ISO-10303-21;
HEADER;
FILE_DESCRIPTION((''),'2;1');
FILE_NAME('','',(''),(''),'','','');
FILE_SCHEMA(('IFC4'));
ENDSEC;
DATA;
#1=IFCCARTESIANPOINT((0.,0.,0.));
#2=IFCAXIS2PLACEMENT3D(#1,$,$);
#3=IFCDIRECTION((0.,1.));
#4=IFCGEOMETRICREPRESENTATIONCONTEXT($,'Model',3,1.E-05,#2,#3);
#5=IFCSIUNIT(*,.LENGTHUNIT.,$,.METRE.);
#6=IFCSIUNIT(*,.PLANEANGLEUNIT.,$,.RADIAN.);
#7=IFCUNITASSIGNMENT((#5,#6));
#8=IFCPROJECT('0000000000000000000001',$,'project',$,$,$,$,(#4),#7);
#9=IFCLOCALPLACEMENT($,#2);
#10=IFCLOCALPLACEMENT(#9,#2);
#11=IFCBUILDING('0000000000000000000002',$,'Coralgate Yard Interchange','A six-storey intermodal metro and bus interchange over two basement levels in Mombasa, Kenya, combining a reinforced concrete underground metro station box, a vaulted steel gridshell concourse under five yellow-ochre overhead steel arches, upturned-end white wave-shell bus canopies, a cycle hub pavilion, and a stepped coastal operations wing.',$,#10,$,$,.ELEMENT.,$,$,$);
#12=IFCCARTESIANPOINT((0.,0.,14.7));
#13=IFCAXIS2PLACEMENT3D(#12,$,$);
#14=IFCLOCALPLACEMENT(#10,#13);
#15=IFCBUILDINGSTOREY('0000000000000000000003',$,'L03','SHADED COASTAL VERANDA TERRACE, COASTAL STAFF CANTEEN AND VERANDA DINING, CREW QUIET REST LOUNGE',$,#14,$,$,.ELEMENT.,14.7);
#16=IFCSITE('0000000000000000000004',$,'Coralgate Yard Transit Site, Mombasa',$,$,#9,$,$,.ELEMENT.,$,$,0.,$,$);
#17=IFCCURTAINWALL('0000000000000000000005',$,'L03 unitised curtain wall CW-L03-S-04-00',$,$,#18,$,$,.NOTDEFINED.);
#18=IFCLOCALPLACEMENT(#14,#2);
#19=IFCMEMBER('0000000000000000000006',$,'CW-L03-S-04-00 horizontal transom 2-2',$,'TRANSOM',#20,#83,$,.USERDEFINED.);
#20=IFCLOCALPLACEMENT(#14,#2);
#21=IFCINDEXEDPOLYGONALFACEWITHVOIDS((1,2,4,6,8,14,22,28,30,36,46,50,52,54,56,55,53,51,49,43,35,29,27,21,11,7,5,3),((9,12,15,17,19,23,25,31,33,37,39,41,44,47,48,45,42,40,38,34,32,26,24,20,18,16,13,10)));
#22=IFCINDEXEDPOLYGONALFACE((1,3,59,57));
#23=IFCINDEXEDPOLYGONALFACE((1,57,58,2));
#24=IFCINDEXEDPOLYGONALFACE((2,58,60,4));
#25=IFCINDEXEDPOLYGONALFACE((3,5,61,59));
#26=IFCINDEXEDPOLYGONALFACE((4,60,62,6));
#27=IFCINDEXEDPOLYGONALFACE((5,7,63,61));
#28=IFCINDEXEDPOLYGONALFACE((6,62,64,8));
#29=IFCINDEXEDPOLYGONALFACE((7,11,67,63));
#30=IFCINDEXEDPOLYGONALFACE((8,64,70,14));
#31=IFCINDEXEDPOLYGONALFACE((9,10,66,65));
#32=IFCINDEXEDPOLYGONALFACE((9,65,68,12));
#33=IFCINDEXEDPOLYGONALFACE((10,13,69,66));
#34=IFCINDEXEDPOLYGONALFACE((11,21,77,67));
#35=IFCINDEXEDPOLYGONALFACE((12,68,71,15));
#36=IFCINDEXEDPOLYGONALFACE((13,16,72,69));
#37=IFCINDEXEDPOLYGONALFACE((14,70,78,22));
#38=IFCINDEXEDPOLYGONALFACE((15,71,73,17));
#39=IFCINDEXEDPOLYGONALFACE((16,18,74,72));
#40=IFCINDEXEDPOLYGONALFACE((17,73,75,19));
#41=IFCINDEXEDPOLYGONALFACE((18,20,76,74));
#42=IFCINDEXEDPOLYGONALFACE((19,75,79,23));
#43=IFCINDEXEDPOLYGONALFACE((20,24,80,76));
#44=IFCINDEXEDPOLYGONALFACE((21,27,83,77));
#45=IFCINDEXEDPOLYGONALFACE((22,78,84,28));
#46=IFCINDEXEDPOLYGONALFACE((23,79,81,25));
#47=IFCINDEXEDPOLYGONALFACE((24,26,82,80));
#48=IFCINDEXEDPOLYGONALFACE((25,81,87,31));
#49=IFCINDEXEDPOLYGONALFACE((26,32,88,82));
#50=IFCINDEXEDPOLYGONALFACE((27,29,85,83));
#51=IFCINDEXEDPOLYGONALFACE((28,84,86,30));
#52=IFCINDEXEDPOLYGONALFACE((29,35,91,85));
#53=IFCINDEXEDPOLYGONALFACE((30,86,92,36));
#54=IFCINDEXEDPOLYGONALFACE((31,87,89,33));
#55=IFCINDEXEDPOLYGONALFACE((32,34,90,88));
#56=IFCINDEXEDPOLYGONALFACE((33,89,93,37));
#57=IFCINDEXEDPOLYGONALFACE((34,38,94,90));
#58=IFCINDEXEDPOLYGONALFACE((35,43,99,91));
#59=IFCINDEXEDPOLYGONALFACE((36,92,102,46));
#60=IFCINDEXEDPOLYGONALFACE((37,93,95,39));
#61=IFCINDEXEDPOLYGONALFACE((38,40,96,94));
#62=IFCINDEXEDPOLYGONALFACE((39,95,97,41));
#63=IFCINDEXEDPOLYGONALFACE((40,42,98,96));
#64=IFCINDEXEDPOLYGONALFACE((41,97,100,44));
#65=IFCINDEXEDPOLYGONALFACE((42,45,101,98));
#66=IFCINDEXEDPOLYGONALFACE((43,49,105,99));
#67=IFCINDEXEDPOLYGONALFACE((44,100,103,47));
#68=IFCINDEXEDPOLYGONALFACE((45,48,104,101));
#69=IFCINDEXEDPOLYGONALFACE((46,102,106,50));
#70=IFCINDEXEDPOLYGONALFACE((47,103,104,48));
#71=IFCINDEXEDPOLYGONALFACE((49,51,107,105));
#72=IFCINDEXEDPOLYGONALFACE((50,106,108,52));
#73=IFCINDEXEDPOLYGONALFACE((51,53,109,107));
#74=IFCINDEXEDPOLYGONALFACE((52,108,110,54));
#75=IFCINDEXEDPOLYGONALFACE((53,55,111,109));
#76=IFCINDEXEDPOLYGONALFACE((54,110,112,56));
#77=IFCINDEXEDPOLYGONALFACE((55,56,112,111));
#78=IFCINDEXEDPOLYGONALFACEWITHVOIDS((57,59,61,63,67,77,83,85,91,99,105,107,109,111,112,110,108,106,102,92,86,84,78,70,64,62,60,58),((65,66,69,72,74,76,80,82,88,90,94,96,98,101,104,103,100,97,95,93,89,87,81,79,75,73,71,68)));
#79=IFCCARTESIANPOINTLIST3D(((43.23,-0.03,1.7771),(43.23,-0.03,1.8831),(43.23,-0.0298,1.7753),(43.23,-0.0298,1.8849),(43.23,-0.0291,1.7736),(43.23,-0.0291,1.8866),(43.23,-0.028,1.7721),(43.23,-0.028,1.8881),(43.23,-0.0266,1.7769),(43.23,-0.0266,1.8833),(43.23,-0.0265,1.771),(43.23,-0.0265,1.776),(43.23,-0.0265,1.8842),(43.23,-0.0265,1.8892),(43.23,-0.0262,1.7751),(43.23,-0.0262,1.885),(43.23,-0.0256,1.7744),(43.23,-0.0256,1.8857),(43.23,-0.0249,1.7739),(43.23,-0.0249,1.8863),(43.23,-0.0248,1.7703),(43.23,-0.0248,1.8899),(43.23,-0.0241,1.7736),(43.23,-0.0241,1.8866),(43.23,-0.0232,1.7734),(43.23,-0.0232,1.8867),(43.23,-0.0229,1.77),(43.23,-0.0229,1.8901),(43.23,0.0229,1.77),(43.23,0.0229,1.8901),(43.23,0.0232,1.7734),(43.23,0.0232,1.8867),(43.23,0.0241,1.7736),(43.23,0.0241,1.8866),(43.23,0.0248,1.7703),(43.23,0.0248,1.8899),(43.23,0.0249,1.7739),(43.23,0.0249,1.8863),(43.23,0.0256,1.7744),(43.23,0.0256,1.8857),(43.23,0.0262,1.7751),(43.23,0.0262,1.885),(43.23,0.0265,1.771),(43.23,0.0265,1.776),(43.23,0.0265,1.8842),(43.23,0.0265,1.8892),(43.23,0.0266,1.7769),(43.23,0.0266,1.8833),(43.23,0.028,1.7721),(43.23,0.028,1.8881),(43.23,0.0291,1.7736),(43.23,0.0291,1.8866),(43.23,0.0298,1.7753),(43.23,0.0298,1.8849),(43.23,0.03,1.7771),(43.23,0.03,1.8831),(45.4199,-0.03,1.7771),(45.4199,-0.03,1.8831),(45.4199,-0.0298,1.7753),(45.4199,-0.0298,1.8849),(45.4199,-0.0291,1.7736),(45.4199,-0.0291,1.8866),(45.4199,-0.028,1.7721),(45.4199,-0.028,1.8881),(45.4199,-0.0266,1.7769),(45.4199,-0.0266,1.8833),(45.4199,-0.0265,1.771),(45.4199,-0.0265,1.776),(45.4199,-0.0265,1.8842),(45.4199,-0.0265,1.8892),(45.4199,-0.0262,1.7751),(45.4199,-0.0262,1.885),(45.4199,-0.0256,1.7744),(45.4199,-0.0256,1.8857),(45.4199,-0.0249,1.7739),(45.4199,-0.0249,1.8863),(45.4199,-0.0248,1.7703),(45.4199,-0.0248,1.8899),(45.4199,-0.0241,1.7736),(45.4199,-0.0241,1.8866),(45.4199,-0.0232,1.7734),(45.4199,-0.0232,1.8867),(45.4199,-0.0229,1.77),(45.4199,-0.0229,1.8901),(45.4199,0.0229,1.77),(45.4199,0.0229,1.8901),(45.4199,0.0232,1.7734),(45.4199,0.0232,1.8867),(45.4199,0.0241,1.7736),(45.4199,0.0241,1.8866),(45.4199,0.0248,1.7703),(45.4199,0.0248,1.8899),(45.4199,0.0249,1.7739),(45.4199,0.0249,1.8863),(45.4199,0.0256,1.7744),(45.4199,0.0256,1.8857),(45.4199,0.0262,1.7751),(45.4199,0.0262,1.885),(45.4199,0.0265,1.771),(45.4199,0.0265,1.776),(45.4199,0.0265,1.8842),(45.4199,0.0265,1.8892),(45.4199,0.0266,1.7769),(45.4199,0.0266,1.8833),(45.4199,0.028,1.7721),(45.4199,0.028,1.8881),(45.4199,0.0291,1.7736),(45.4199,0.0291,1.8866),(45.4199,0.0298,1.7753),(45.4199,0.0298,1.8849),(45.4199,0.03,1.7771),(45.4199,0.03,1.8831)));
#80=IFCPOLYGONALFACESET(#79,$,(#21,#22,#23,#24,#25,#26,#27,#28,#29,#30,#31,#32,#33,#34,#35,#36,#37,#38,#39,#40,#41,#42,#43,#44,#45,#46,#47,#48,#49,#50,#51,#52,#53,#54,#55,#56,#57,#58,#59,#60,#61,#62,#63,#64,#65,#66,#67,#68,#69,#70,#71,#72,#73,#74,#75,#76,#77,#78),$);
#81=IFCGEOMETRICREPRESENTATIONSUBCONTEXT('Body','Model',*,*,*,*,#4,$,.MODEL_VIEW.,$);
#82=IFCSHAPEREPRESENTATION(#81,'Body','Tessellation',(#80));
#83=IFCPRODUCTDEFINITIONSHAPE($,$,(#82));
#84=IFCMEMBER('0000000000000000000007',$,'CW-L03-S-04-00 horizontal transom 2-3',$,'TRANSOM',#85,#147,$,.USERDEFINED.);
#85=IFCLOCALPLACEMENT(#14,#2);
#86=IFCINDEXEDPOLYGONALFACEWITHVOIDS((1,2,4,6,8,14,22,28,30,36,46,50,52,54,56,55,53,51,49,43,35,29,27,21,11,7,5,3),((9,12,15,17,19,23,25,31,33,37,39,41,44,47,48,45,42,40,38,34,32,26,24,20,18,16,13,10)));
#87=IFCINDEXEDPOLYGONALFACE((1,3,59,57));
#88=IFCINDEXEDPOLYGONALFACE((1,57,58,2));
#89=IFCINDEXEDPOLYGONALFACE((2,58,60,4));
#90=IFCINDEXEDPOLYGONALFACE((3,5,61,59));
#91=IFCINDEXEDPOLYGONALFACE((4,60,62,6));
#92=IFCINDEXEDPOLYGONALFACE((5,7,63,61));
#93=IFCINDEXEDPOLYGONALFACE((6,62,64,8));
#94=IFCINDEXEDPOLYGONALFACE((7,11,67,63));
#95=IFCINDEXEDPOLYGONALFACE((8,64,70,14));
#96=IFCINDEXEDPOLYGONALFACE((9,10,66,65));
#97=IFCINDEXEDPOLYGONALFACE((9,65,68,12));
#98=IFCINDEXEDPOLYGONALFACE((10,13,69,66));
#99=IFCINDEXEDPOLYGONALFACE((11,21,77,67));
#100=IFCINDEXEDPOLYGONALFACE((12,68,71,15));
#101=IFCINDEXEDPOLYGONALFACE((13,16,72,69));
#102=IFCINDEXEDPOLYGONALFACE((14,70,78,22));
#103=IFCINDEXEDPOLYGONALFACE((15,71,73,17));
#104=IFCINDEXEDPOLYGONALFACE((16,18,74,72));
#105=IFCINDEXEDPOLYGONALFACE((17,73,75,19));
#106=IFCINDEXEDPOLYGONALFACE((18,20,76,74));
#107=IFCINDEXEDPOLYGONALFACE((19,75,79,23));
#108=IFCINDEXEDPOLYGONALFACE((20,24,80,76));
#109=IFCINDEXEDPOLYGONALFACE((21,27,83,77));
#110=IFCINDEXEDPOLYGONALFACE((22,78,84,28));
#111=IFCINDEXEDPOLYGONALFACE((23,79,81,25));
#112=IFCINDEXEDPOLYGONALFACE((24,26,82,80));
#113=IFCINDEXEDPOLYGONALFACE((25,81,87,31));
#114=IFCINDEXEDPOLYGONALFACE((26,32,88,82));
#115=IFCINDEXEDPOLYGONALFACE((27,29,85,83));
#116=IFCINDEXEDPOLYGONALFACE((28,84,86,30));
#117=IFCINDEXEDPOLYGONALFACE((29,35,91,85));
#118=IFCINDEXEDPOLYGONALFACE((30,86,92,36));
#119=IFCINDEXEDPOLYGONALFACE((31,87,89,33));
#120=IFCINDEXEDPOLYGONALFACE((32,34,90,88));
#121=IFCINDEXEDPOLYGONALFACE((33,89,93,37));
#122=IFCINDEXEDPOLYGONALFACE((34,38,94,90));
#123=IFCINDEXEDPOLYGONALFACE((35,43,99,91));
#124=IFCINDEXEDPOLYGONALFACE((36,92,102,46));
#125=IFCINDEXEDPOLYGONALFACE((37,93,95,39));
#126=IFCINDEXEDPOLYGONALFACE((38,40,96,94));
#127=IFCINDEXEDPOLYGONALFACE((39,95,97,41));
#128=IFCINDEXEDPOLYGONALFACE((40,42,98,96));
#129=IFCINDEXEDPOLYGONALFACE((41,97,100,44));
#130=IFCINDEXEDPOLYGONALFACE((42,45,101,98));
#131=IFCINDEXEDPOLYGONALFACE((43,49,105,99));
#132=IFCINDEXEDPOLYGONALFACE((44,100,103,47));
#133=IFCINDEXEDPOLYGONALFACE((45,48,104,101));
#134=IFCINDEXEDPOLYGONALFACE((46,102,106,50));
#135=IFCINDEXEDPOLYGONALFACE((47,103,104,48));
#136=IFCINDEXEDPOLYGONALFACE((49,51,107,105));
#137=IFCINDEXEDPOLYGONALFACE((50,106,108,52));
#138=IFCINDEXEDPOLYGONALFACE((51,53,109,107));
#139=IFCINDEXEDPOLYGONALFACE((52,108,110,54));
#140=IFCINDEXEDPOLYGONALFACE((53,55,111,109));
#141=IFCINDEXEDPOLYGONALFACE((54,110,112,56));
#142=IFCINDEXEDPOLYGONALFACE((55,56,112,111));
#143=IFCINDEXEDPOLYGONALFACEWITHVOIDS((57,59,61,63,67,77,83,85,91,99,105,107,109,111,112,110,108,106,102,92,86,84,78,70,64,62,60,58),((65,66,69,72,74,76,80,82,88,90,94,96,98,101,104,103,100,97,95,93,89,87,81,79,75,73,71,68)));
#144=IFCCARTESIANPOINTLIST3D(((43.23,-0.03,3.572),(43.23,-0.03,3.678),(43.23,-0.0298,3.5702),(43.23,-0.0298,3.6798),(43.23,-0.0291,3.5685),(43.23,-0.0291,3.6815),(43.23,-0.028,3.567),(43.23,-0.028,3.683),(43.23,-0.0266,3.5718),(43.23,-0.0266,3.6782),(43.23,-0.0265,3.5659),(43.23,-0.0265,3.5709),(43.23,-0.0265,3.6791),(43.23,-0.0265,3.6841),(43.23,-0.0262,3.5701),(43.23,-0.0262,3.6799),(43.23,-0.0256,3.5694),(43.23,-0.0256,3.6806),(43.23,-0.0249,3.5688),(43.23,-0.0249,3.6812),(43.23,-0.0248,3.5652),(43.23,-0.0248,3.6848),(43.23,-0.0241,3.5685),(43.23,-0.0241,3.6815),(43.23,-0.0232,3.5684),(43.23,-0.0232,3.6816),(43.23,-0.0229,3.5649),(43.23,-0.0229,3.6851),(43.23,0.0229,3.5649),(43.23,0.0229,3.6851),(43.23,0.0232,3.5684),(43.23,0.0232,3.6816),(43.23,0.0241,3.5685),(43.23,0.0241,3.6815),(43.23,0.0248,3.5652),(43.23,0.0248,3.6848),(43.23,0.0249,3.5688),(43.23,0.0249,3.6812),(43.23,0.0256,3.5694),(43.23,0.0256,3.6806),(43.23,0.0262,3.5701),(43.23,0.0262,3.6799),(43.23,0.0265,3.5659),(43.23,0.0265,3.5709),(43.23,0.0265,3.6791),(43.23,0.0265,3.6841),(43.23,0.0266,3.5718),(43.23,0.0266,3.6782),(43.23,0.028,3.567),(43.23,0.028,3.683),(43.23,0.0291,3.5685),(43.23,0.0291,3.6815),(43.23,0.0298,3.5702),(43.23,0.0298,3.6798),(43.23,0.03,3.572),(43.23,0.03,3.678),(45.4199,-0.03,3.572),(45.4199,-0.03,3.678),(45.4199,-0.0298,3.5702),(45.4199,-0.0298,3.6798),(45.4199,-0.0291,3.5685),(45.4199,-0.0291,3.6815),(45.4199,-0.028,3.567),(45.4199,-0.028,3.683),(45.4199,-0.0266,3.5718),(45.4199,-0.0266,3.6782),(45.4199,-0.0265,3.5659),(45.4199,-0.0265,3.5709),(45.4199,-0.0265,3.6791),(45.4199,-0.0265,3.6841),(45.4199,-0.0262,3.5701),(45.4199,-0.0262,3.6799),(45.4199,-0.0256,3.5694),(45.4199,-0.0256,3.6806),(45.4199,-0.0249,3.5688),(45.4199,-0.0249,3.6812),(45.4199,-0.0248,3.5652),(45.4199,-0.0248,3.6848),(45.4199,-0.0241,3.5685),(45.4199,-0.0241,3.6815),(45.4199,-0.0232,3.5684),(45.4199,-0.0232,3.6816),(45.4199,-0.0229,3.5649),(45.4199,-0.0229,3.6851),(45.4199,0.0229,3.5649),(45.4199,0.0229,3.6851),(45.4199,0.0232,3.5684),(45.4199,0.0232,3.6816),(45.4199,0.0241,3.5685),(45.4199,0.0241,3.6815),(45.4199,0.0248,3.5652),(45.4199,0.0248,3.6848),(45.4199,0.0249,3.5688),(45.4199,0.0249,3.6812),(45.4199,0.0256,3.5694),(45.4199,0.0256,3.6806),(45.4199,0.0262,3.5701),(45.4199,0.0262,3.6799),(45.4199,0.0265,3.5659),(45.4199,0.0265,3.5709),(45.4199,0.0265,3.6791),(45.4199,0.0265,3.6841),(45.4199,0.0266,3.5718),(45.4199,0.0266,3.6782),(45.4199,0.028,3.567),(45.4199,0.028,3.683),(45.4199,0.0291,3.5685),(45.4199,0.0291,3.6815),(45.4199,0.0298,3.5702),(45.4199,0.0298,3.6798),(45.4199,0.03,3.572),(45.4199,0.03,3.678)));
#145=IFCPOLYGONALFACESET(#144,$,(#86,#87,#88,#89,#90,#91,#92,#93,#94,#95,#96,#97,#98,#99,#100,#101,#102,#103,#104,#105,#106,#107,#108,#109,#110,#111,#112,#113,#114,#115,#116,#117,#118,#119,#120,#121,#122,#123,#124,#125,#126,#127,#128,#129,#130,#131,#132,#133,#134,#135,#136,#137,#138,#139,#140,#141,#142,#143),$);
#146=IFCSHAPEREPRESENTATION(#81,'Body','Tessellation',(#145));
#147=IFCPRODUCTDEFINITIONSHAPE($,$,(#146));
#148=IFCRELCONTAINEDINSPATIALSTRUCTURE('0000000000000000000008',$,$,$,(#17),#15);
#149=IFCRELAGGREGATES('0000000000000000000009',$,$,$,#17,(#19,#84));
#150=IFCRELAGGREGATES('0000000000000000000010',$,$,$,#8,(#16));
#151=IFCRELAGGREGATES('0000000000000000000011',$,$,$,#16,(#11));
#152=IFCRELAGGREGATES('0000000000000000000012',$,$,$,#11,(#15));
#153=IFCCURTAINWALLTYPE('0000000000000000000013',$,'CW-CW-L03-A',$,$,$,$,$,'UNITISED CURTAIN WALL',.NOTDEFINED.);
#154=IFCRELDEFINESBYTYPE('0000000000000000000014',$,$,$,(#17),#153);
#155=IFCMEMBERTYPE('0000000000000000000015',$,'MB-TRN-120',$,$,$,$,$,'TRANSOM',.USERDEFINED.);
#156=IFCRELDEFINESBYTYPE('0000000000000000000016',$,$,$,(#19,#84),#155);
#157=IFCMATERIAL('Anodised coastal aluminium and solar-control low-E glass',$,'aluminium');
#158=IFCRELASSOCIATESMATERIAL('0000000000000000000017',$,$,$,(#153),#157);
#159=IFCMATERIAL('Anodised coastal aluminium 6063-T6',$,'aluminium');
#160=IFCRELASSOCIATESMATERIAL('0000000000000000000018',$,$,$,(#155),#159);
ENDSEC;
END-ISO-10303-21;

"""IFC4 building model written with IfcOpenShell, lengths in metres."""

from ifc_helpers import new_model, si_unit, direction, frame, origin, origin_2d, place, context, subcontext, project, spatial, hollow_rectangle, extrude, material, material_profile, profile_set, type_object, element, aggregate, save


model = new_model("IFC4")

# Units and contexts
model_context = context("Model", 3, precision=1e-05, world=origin(), true_north=direction((0.0, 1.0)))
body_context = subcontext(model_context, "Body", "Model", "MODEL_VIEW")
ifc_project = project(units=[si_unit("LENGTHUNIT", "METRE"), si_unit("PLANEANGLEUNIT", "RADIAN")], contexts=[model_context])

# Site, building, storey
site_placement = place(None, origin())
site = spatial("IfcSite", under=ifc_project, at=site_placement, Name="Coralgate Yard Transit Site, Mombasa", CompositionType="ELEMENT", RefElevation=0.0)
building_placement = place(site_placement, origin())
building = spatial("IfcBuilding", under=site, at=building_placement, Name="Coralgate Yard Interchange", Description="A six-storey intermodal metro and bus interchange over two basement levels in Mombasa, Kenya, combining a reinforced concrete underground metro station box, a vaulted steel gridshell concourse under five yellow-ochre overhead steel arches, upturned-end white wave-shell bus canopies, a cycle hub pavilion, and a stepped coastal operations wing.", CompositionType="ELEMENT")
storey_placement = place(building_placement, frame((0.0, 0.0, 14.7)))
storey = spatial("IfcBuildingStorey", under=building, at=storey_placement, Name="L03", Description="SHADED COASTAL VERANDA TERRACE, COASTAL STAFF CANTEEN AND VERANDA DINING, CREW QUIET REST LOUNGE", CompositionType="ELEMENT", Elevation=14.7)

# Curtain wall, members
ifc_material_1 = material(Name="Anodised coastal aluminium and solar-control low-E glass", Category="aluminium")
curtain_wall_type = type_object("IfcCurtainWallType", Name="CW-CW-L03-A", ElementType="UNITISED CURTAIN WALL", PredefinedType="NOTDEFINED", material=ifc_material_1)
curtain_wall_placement = place(storey_placement, origin())
curtain_wall = element("IfcCurtainWall", 1, at=curtain_wall_placement, inside=storey, type_object=curtain_wall_type, Name="L03 unitised curtain wall CW-L03-S-04-00", PredefinedType="NOTDEFINED")
ifc_material_2 = material(Name="Anodised coastal aluminium 6063-T6", Category="aluminium")
ifc_material_profile_1 = material_profile(ifc_material_2, hollow_rectangle(XDim=0.0601, YDim=0.1201, WallThickness=0.0034, InnerFilletRadius=0.0034, OuterFilletRadius=0.0071, at=origin_2d()), Name="ALU 60x120x3.5")
ifc_profile_set_1 = profile_set([ifc_material_profile_1], Name="Anodised coastal aluminium 6063-T6")
member_type_1 = type_object("IfcMemberType", Name="MB-TRN-120", ElementType="TRANSOM", PredefinedType="USERDEFINED", material=ifc_profile_set_1)
member_1_placement = place(storey_placement, frame((45.4199, 0.0, 1.8301), z_axis=(-1.0, 0.0, 0.0), x_axis=(0.0, -1.0, 0.0)))
member_1 = element("IfcMember", 2, at=member_1_placement, type_object=member_type_1, Name="CW-L03-S-04-00 horizontal transom 2-2", ObjectType="TRANSOM", PredefinedType="USERDEFINED", context=body_context, shape_type="SweptSolid", body=[
    extrude(hollow_rectangle(XDim=0.0601, YDim=0.1201, WallThickness=0.0034, InnerFilletRadius=0.0034, OuterFilletRadius=0.0071, at=origin_2d()), origin(), (0.0, 0.0, 1.0), 2.1899),
])
member_2_placement = place(storey_placement, frame((45.4199, 0.0, 3.625), z_axis=(-1.0, 0.0, 0.0), x_axis=(0.0, -1.0, 0.0)))
member_2 = element("IfcMember", 3, at=member_2_placement, type_object=member_type_1, Name="CW-L03-S-04-00 horizontal transom 2-3", ObjectType="TRANSOM", PredefinedType="USERDEFINED", context=body_context, shape_type="SweptSolid", body=[
    extrude(hollow_rectangle(XDim=0.0601, YDim=0.1201, WallThickness=0.0034, InnerFilletRadius=0.0034, OuterFilletRadius=0.0071, at=origin_2d()), origin(), (0.0, 0.0, 1.0), 2.1899),
])
aggregate(curtain_wall, [member_1, member_2])

save(model, "model.ifc")
